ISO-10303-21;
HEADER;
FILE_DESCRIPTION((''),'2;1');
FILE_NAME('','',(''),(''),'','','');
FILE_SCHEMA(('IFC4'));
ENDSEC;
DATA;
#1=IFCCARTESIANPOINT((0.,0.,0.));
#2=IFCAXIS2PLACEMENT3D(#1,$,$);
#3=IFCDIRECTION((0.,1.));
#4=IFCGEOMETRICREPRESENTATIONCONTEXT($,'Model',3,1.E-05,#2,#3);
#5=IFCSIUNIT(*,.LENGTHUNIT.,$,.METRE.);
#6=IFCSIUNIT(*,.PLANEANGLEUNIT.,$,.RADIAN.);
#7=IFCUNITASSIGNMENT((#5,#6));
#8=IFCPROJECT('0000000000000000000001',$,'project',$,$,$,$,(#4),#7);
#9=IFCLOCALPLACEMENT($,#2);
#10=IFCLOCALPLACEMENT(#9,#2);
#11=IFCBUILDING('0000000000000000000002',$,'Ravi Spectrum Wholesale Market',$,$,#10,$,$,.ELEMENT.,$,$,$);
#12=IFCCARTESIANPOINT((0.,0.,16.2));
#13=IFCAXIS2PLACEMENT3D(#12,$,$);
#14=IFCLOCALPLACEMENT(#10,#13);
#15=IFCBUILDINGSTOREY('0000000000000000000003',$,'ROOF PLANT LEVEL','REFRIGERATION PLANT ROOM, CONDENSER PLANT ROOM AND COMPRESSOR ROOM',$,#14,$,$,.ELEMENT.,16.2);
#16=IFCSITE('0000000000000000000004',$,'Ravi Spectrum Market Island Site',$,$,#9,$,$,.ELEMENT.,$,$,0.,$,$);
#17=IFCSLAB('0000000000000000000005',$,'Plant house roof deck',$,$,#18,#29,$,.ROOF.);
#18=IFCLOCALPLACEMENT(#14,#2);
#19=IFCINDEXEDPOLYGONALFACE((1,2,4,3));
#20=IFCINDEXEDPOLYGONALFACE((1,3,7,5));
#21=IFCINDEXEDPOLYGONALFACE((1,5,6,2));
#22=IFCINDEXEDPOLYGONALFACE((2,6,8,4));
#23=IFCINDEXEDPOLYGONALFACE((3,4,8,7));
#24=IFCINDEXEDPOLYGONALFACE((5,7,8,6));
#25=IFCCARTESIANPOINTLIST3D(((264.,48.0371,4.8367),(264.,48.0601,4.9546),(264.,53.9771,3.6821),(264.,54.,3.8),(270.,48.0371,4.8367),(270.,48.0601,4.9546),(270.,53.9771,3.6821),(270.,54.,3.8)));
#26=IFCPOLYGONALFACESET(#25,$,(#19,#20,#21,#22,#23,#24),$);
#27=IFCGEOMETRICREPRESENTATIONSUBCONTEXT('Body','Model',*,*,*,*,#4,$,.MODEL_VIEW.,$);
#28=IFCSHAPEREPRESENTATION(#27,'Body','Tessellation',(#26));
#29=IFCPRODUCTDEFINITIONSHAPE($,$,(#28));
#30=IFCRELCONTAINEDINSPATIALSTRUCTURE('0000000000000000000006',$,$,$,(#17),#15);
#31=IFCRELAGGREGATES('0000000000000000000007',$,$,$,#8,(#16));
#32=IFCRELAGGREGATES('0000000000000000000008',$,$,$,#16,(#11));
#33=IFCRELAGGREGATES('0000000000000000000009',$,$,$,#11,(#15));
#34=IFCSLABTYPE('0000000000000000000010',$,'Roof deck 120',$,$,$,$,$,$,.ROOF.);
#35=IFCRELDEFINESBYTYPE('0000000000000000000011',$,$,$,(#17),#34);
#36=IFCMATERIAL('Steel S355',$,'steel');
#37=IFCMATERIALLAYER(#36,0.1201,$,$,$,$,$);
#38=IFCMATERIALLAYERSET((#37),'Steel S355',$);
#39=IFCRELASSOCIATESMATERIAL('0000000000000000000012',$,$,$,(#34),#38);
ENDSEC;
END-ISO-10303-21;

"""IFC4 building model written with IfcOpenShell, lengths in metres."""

from ifc_helpers import new_model, si_unit, direction, frame, origin, place, context, subcontext, project, spatial, polyline, outline, extrude, material, layer, layer_set, type_object, element, save


model = new_model("IFC4")

# Units and contexts
model_context = context("Model", 3, precision=1e-05, world=origin(), true_north=direction((0.0, 1.0)))
body_context = subcontext(model_context, "Body", "Model", "MODEL_VIEW")
ifc_project = project(units=[si_unit("LENGTHUNIT", "METRE"), si_unit("PLANEANGLEUNIT", "RADIAN")], contexts=[model_context])

# Site, building, storey
site_placement = place(None, origin())
site = spatial("IfcSite", under=ifc_project, at=site_placement, Name="Ravi Spectrum Market Island Site", CompositionType="ELEMENT", RefElevation=0.0)
building_placement = place(site_placement, origin())
building = spatial("IfcBuilding", under=site, at=building_placement, Name="Ravi Spectrum Wholesale Market", CompositionType="ELEMENT")
storey_placement = place(building_placement, frame((0.0, 0.0, 16.2)))
storey = spatial("IfcBuildingStorey", under=building, at=storey_placement, Name="ROOF PLANT LEVEL", Description="REFRIGERATION PLANT ROOM, CONDENSER PLANT ROOM AND COMPRESSOR ROOM", CompositionType="ELEMENT", Elevation=16.2)

# Slab
ifc_material_1 = material(Name="Steel S355", Category="steel")
ifc_layer = layer(ifc_material_1, 0.1201)
ifc_layer_set = layer_set([ifc_layer], Name="Steel S355")
slab_type = type_object("IfcSlabType", Name="Roof deck 120", PredefinedType="ROOF", material=ifc_layer_set)
slab_placement = place(storey_placement, frame((264.0, 54.0, 3.8), z_axis=(0.0, 0.190798, 0.981629), x_axis=(1.0, 0.0, 0.0)))
element("IfcSlab", 1, at=slab_placement, inside=storey, type_object=slab_type, Name="Plant house roof deck", PredefinedType="ROOF", context=body_context, shape_type="SweptSolid", body=[
    extrude(outline(polyline([(0.0, 0.0), (6.0, 0.0), (6.0, -6.0511), (0.0, -6.0511), (0.0, 0.0)])), origin(), (0.0, 0.0, -1.0), 0.1201),
])

save(model, "model.ifc")
